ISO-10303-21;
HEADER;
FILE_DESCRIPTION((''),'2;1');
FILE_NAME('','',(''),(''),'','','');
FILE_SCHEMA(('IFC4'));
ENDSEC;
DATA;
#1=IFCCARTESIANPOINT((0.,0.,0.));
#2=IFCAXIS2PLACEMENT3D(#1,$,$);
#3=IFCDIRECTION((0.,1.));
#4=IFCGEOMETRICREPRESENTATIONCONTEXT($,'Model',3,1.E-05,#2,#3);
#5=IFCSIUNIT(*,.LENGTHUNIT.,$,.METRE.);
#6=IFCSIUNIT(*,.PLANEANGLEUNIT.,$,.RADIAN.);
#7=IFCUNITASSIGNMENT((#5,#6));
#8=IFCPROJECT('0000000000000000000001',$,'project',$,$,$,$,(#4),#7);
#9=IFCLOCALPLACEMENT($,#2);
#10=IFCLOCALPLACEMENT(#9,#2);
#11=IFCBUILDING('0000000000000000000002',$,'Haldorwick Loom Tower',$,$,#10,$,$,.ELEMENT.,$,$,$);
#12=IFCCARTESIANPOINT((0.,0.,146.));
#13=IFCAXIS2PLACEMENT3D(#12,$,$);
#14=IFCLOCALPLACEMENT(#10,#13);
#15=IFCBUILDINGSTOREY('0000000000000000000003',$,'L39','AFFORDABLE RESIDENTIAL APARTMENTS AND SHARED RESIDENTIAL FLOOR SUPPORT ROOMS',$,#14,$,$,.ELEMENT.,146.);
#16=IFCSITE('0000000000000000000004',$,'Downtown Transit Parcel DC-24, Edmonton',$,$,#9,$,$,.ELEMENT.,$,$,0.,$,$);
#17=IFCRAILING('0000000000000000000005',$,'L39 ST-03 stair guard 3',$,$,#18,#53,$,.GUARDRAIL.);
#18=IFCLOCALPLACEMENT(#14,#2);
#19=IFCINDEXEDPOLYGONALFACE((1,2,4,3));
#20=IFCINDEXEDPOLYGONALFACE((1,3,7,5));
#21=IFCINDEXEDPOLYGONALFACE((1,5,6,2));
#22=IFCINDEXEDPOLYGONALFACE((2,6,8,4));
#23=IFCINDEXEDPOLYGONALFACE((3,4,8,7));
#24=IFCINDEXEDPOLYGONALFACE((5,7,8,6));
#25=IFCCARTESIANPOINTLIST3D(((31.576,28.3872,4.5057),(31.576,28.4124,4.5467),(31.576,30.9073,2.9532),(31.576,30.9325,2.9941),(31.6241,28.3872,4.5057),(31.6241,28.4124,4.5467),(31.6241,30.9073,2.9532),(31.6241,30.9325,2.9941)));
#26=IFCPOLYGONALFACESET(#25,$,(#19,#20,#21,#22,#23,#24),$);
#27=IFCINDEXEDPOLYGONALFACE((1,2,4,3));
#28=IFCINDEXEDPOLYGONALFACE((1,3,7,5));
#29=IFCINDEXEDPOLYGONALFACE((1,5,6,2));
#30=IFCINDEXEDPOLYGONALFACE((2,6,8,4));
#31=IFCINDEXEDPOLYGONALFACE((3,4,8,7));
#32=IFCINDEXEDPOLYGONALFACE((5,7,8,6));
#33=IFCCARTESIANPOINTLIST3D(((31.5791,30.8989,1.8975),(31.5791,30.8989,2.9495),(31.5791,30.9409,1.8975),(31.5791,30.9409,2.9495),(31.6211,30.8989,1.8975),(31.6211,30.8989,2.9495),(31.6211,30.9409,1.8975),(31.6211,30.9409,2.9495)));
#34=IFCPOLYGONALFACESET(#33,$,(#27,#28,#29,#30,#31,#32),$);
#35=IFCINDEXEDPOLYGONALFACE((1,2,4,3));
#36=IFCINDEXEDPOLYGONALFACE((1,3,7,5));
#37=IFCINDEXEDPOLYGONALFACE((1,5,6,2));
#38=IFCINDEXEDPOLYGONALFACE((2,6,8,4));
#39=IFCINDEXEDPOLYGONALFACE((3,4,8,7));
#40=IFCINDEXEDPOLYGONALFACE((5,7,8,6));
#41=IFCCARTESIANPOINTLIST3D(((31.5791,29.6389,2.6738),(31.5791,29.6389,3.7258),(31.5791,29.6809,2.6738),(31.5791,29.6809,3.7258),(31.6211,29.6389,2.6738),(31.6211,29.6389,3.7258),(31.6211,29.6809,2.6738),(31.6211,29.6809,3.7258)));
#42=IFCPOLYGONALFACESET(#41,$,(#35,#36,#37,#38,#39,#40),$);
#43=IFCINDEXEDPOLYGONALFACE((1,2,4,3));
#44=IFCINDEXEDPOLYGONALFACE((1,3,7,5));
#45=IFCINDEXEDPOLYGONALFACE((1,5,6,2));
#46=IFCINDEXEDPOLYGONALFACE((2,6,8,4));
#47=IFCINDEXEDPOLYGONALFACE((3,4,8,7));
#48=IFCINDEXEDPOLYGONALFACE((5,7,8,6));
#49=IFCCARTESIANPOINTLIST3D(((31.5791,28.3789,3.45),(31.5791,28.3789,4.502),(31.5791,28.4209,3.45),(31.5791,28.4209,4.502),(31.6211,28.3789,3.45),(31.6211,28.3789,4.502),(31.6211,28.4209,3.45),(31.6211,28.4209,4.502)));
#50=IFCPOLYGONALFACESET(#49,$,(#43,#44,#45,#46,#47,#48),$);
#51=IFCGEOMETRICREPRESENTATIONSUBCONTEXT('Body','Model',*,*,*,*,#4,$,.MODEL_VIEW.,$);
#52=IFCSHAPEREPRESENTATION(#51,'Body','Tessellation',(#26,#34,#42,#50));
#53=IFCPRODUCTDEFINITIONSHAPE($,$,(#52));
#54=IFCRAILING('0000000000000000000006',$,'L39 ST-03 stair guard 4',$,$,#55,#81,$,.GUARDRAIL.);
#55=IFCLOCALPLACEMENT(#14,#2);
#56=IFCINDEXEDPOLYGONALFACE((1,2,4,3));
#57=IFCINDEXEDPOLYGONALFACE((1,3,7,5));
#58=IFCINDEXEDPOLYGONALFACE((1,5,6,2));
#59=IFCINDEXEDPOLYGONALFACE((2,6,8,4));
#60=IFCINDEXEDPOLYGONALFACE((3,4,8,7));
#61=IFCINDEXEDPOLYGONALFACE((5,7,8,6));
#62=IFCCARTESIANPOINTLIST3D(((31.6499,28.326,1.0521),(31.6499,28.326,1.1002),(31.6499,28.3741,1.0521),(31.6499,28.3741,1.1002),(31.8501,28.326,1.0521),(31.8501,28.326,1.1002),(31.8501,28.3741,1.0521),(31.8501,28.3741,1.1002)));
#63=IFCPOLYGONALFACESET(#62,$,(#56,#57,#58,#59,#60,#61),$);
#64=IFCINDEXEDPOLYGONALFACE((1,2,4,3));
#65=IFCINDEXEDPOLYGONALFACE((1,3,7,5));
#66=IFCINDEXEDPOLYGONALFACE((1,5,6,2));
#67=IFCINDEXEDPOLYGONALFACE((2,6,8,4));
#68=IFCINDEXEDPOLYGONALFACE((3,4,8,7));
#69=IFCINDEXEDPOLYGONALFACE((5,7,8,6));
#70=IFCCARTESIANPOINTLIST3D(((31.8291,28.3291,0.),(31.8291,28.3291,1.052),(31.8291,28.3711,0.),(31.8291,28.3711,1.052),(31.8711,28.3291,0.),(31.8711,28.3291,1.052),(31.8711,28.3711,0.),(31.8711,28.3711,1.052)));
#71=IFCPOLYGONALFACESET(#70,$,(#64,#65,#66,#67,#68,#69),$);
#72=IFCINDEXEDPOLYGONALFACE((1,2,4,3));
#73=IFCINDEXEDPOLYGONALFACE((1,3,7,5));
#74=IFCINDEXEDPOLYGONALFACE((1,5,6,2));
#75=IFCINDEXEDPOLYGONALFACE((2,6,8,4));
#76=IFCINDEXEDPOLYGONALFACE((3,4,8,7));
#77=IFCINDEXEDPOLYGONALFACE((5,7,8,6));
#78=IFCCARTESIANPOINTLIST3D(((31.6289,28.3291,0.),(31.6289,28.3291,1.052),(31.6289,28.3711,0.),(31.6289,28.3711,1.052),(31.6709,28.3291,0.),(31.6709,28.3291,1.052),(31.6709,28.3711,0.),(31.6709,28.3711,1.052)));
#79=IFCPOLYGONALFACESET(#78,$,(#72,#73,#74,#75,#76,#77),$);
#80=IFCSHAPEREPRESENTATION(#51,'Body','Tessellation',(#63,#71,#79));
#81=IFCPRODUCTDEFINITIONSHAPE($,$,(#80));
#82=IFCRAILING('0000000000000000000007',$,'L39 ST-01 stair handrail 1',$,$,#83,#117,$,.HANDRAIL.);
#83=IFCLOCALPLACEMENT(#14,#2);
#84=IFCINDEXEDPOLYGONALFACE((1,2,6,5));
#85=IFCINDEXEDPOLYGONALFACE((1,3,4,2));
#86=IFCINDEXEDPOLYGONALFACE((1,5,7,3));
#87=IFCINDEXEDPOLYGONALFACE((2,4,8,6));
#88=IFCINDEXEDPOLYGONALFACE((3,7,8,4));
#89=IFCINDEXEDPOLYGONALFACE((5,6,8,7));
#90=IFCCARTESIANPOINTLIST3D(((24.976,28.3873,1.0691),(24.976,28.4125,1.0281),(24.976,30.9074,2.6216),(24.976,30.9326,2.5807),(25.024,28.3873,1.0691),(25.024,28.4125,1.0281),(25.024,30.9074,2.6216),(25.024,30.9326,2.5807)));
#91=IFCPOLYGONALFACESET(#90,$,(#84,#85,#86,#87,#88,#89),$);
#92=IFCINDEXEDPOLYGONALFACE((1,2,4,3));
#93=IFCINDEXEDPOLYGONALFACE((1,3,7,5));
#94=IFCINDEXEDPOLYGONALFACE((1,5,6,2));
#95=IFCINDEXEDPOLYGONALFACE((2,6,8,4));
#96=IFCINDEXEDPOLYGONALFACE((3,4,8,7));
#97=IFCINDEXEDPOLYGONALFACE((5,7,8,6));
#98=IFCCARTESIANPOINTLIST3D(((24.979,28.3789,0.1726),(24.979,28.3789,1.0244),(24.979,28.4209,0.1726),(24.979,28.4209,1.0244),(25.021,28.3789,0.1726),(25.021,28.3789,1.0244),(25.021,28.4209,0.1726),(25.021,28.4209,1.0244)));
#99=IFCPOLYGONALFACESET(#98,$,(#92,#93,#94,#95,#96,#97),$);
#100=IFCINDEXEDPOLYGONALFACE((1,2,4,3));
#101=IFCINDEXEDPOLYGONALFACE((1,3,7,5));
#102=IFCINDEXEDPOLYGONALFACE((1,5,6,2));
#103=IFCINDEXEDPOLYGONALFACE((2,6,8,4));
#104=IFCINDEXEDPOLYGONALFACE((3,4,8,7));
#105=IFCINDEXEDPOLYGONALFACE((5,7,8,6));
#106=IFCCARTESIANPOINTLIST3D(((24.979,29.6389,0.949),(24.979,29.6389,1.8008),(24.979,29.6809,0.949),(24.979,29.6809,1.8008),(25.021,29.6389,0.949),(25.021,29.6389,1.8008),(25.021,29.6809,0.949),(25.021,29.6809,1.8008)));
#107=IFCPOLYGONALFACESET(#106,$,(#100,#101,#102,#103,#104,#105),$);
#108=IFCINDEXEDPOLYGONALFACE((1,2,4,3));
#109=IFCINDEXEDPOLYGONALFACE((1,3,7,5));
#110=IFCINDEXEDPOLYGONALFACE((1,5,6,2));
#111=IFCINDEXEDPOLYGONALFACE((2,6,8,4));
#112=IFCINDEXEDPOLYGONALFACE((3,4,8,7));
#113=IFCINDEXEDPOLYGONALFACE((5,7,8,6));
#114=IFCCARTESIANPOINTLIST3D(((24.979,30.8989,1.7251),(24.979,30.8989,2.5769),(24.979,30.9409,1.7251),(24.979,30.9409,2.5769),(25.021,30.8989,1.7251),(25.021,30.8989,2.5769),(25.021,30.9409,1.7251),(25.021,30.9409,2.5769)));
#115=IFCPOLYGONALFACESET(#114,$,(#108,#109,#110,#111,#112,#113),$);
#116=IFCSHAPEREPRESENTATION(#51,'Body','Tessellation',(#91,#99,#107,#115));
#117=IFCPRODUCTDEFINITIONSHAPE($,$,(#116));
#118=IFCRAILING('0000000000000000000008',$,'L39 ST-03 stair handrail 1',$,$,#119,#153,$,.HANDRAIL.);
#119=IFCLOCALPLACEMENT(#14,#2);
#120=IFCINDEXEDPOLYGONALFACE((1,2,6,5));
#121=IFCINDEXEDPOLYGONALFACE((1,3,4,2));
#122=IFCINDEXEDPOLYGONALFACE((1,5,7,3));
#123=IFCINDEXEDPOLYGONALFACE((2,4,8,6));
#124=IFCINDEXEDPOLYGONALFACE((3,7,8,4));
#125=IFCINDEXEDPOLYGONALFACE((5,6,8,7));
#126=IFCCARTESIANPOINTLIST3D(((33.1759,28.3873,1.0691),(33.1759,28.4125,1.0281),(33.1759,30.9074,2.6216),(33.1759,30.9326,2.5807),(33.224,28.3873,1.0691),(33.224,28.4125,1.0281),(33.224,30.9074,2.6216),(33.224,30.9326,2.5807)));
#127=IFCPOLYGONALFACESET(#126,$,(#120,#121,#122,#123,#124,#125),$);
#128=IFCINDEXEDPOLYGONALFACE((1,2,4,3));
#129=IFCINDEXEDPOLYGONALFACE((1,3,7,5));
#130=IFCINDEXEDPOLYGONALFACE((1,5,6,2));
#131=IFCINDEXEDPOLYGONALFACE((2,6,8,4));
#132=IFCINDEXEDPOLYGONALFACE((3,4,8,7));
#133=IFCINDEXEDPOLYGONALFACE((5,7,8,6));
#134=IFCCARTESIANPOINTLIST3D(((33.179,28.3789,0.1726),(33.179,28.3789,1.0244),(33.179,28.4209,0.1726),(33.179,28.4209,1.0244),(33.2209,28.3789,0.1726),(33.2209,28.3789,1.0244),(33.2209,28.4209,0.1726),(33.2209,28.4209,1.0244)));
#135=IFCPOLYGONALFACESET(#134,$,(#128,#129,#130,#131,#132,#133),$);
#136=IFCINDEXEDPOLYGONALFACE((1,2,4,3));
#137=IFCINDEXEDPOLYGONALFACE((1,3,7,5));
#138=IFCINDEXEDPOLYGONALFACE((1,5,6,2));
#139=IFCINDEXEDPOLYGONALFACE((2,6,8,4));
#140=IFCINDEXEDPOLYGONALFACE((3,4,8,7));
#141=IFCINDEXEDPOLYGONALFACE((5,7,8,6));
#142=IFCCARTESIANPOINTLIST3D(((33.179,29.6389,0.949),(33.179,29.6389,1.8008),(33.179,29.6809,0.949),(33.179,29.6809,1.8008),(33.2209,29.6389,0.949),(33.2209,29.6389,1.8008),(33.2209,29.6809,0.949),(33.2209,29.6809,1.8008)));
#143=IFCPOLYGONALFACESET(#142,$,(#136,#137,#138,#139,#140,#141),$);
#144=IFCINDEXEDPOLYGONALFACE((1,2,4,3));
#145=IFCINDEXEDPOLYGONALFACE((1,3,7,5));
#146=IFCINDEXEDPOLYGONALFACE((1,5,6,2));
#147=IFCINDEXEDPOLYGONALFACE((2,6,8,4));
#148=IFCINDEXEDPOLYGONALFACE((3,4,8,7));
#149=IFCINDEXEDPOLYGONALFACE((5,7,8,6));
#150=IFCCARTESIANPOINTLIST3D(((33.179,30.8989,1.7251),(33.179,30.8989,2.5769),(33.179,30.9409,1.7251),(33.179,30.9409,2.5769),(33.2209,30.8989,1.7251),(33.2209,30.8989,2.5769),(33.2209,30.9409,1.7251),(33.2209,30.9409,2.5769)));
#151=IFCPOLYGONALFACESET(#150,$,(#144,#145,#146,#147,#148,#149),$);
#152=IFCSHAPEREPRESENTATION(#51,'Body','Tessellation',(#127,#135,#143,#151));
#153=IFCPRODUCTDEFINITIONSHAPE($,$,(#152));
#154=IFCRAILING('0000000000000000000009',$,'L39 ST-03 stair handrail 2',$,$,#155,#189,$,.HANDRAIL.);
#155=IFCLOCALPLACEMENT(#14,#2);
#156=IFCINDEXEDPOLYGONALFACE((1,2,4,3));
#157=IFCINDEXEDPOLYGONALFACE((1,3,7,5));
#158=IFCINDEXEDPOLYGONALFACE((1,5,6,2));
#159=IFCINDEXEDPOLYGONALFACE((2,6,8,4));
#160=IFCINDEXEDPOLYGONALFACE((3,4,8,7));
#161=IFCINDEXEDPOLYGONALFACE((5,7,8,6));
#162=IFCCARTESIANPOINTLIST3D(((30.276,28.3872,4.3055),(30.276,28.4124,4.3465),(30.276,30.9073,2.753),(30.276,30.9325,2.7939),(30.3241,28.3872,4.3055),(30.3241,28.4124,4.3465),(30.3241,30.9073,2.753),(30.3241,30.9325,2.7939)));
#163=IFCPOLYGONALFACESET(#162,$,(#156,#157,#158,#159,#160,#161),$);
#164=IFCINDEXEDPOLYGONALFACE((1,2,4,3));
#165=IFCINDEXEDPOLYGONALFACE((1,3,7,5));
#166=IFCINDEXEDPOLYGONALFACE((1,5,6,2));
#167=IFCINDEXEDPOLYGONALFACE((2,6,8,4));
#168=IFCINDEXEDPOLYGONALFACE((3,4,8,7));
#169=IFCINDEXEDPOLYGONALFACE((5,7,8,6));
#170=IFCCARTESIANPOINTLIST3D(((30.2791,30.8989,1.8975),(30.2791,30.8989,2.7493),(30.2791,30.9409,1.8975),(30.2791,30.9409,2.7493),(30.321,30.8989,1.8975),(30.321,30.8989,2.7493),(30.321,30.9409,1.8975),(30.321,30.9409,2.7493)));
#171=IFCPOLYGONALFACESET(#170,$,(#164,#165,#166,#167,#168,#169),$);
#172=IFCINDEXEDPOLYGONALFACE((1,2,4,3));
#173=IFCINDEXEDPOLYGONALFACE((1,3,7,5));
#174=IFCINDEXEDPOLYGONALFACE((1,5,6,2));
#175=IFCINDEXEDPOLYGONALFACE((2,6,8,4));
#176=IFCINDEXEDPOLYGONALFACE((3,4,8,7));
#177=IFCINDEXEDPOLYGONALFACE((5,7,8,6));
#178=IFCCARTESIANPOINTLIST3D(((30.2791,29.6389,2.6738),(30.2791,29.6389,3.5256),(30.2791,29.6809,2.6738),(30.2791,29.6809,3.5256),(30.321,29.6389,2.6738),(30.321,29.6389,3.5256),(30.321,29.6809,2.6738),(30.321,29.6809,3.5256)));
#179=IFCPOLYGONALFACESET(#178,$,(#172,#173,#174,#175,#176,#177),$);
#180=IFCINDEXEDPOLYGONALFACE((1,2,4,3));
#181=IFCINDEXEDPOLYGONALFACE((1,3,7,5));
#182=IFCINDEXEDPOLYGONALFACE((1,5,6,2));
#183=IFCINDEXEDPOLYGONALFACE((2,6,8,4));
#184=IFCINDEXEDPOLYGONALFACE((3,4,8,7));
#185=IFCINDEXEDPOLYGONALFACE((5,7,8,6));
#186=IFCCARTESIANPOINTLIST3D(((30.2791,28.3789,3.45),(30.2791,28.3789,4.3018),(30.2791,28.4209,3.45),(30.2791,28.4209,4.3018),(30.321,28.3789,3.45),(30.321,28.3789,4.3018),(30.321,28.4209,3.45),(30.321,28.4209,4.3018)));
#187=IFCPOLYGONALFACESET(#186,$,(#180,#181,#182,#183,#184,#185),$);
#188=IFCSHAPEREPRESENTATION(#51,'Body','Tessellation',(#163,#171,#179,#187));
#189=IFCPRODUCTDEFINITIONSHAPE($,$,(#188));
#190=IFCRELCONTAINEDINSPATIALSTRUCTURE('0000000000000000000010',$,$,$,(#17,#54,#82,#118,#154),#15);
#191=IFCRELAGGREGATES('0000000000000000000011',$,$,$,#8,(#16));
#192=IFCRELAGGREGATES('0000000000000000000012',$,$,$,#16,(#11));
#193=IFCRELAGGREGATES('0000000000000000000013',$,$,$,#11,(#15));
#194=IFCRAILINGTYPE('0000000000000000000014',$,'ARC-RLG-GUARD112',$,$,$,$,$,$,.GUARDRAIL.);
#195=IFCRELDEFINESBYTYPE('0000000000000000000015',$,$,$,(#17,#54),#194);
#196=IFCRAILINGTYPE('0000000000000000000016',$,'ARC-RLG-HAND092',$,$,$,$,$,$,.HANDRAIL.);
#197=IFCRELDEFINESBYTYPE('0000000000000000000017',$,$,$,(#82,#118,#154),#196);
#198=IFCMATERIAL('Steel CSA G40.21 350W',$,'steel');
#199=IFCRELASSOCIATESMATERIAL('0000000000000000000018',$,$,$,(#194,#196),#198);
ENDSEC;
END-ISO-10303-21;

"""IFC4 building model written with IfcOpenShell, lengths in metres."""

from ifc_helpers import new_model, si_unit, direction, frame, origin, origin_2d, place, context, subcontext, project, spatial, rectangle, extrude, material, type_object, element, save


model = new_model("IFC4")

# Units and contexts
model_context = context("Model", 3, precision=1e-05, world=origin(), true_north=direction((0.0, 1.0)))
body_context = subcontext(model_context, "Body", "Model", "MODEL_VIEW")
ifc_project = project(units=[si_unit("LENGTHUNIT", "METRE"), si_unit("PLANEANGLEUNIT", "RADIAN")], contexts=[model_context])

# Site, building, storey
site_placement = place(None, origin())
site = spatial("IfcSite", under=ifc_project, at=site_placement, Name="Downtown Transit Parcel DC-24, Edmonton", CompositionType="ELEMENT", RefElevation=0.0)
building_placement = place(site_placement, origin())
building = spatial("IfcBuilding", under=site, at=building_placement, Name="Haldorwick Loom Tower", CompositionType="ELEMENT")
storey_placement = place(building_placement, frame((0.0, 0.0, 146.0)))
storey = spatial("IfcBuildingStorey", under=building, at=storey_placement, Name="L39", Description="AFFORDABLE RESIDENTIAL APARTMENTS AND SHARED RESIDENTIAL FLOOR SUPPORT ROOMS", CompositionType="ELEMENT", Elevation=146.0)

# Shared definitions
ifc_material_1 = material(Name="Steel CSA G40.21 350W", Category="steel")

# Railings
railing_type_1 = type_object("IfcRailingType", Name="ARC-RLG-GUARD112", PredefinedType="GUARDRAIL", material=ifc_material_1)
railing_1_placement = place(storey_placement, frame((31.6001, 30.9199, 1.8975)))
element("IfcRailing", 1, at=railing_1_placement, inside=storey, type_object=railing_type_1, Name="L39 ST-03 stair guard 3", PredefinedType="GUARDRAIL", context=body_context, shape_type="SweptSolid", body=[
    extrude(rectangle(XDim=0.0481, YDim=0.0481, at=origin_2d()), frame((0.0, 0.0, 1.0762), z_axis=(0.0, -0.8514, 0.524516), x_axis=(1.0, 0.0, 0.0)), (0.0, 0.0, 1.0), 2.96),
    extrude(rectangle(XDim=0.042, YDim=0.042, at=origin_2d()), origin(), (0.0, 0.0, 1.0), 1.052),
    extrude(rectangle(XDim=0.042, YDim=0.042, at=origin_2d()), frame((0.0, -1.26, 0.7764)), (0.0, 0.0, 1.0), 1.052),
    extrude(rectangle(XDim=0.042, YDim=0.042, at=origin_2d()), frame((0.0, -2.52, 1.5525)), (0.0, 0.0, 1.0), 1.052),
])
railing_2_placement = place(storey_placement, frame((31.8501, 28.3501, 0.0)))
element("IfcRailing", 2, at=railing_2_placement, inside=storey, type_object=railing_type_1, Name="L39 ST-03 stair guard 4", PredefinedType="GUARDRAIL", context=body_context, shape_type="SweptSolid", body=[
    extrude(rectangle(XDim=0.0481, YDim=0.0481, at=origin_2d()), frame((0.0, 0.0, 1.0762), z_axis=(-1.0, 0.0, 0.0), x_axis=(0.0, -1.0, 0.0)), (0.0, 0.0, 1.0), 0.2002),
    extrude(rectangle(XDim=0.042, YDim=0.042, at=origin_2d()), origin(), (0.0, 0.0, 1.0), 1.052),
    extrude(rectangle(XDim=0.042, YDim=0.042, at=origin_2d()), frame((-0.2002, 0.0, 0.0)), (0.0, 0.0, 1.0), 1.052),
])
railing_type_2 = type_object("IfcRailingType", Name="ARC-RLG-HAND092", PredefinedType="HANDRAIL", material=ifc_material_1)
for number, where, name in (
    (3, (25.0, 28.3999, 0.1726), "L39 ST-01 stair handrail 1"),
    (4, (33.2, 28.3999, 0.1726), "L39 ST-03 stair handrail 1"),
):
    element("IfcRailing", number, at=place(storey_placement, frame(where)), inside=storey, type_object=railing_type_2, Name=name, PredefinedType="HANDRAIL", context=body_context, shape_type="SweptSolid", body=[
        extrude(rectangle(XDim=0.0481, YDim=0.0481, at=origin_2d()), frame((0.0, 0.0, 0.876), z_axis=(0.0, 0.8514, 0.524516), x_axis=(-1.0, 0.0, 0.0)), (0.0, 0.0, 1.0), 2.96),
        extrude(rectangle(XDim=0.042, YDim=0.042, at=origin_2d()), origin(), (0.0, 0.0, 1.0), 0.8518),
        extrude(rectangle(XDim=0.042, YDim=0.042, at=origin_2d()), frame((0.0, 1.26, 0.7764)), (0.0, 0.0, 1.0), 0.8518),
        extrude(rectangle(XDim=0.042, YDim=0.042, at=origin_2d()), frame((0.0, 2.52, 1.5525)), (0.0, 0.0, 1.0), 0.8518),
    ])
railing_3_placement = place(storey_placement, frame((30.3, 30.9199, 1.8975)))
element("IfcRailing", 5, at=railing_3_placement, inside=storey, type_object=railing_type_2, Name="L39 ST-03 stair handrail 2", PredefinedType="HANDRAIL", context=body_context, shape_type="SweptSolid", body=[
    extrude(rectangle(XDim=0.0481, YDim=0.0481, at=origin_2d()), frame((0.0, 0.0, 0.876), z_axis=(0.0, -0.8514, 0.524516), x_axis=(1.0, 0.0, 0.0)), (0.0, 0.0, 1.0), 2.96),
    extrude(rectangle(XDim=0.042, YDim=0.042, at=origin_2d()), origin(), (0.0, 0.0, 1.0), 0.8518),
    extrude(rectangle(XDim=0.042, YDim=0.042, at=origin_2d()), frame((0.0, -1.26, 0.7764)), (0.0, 0.0, 1.0), 0.8518),
    extrude(rectangle(XDim=0.042, YDim=0.042, at=origin_2d()), frame((0.0, -2.52, 1.5525)), (0.0, 0.0, 1.0), 0.8518),
])

save(model, "model.ifc")
